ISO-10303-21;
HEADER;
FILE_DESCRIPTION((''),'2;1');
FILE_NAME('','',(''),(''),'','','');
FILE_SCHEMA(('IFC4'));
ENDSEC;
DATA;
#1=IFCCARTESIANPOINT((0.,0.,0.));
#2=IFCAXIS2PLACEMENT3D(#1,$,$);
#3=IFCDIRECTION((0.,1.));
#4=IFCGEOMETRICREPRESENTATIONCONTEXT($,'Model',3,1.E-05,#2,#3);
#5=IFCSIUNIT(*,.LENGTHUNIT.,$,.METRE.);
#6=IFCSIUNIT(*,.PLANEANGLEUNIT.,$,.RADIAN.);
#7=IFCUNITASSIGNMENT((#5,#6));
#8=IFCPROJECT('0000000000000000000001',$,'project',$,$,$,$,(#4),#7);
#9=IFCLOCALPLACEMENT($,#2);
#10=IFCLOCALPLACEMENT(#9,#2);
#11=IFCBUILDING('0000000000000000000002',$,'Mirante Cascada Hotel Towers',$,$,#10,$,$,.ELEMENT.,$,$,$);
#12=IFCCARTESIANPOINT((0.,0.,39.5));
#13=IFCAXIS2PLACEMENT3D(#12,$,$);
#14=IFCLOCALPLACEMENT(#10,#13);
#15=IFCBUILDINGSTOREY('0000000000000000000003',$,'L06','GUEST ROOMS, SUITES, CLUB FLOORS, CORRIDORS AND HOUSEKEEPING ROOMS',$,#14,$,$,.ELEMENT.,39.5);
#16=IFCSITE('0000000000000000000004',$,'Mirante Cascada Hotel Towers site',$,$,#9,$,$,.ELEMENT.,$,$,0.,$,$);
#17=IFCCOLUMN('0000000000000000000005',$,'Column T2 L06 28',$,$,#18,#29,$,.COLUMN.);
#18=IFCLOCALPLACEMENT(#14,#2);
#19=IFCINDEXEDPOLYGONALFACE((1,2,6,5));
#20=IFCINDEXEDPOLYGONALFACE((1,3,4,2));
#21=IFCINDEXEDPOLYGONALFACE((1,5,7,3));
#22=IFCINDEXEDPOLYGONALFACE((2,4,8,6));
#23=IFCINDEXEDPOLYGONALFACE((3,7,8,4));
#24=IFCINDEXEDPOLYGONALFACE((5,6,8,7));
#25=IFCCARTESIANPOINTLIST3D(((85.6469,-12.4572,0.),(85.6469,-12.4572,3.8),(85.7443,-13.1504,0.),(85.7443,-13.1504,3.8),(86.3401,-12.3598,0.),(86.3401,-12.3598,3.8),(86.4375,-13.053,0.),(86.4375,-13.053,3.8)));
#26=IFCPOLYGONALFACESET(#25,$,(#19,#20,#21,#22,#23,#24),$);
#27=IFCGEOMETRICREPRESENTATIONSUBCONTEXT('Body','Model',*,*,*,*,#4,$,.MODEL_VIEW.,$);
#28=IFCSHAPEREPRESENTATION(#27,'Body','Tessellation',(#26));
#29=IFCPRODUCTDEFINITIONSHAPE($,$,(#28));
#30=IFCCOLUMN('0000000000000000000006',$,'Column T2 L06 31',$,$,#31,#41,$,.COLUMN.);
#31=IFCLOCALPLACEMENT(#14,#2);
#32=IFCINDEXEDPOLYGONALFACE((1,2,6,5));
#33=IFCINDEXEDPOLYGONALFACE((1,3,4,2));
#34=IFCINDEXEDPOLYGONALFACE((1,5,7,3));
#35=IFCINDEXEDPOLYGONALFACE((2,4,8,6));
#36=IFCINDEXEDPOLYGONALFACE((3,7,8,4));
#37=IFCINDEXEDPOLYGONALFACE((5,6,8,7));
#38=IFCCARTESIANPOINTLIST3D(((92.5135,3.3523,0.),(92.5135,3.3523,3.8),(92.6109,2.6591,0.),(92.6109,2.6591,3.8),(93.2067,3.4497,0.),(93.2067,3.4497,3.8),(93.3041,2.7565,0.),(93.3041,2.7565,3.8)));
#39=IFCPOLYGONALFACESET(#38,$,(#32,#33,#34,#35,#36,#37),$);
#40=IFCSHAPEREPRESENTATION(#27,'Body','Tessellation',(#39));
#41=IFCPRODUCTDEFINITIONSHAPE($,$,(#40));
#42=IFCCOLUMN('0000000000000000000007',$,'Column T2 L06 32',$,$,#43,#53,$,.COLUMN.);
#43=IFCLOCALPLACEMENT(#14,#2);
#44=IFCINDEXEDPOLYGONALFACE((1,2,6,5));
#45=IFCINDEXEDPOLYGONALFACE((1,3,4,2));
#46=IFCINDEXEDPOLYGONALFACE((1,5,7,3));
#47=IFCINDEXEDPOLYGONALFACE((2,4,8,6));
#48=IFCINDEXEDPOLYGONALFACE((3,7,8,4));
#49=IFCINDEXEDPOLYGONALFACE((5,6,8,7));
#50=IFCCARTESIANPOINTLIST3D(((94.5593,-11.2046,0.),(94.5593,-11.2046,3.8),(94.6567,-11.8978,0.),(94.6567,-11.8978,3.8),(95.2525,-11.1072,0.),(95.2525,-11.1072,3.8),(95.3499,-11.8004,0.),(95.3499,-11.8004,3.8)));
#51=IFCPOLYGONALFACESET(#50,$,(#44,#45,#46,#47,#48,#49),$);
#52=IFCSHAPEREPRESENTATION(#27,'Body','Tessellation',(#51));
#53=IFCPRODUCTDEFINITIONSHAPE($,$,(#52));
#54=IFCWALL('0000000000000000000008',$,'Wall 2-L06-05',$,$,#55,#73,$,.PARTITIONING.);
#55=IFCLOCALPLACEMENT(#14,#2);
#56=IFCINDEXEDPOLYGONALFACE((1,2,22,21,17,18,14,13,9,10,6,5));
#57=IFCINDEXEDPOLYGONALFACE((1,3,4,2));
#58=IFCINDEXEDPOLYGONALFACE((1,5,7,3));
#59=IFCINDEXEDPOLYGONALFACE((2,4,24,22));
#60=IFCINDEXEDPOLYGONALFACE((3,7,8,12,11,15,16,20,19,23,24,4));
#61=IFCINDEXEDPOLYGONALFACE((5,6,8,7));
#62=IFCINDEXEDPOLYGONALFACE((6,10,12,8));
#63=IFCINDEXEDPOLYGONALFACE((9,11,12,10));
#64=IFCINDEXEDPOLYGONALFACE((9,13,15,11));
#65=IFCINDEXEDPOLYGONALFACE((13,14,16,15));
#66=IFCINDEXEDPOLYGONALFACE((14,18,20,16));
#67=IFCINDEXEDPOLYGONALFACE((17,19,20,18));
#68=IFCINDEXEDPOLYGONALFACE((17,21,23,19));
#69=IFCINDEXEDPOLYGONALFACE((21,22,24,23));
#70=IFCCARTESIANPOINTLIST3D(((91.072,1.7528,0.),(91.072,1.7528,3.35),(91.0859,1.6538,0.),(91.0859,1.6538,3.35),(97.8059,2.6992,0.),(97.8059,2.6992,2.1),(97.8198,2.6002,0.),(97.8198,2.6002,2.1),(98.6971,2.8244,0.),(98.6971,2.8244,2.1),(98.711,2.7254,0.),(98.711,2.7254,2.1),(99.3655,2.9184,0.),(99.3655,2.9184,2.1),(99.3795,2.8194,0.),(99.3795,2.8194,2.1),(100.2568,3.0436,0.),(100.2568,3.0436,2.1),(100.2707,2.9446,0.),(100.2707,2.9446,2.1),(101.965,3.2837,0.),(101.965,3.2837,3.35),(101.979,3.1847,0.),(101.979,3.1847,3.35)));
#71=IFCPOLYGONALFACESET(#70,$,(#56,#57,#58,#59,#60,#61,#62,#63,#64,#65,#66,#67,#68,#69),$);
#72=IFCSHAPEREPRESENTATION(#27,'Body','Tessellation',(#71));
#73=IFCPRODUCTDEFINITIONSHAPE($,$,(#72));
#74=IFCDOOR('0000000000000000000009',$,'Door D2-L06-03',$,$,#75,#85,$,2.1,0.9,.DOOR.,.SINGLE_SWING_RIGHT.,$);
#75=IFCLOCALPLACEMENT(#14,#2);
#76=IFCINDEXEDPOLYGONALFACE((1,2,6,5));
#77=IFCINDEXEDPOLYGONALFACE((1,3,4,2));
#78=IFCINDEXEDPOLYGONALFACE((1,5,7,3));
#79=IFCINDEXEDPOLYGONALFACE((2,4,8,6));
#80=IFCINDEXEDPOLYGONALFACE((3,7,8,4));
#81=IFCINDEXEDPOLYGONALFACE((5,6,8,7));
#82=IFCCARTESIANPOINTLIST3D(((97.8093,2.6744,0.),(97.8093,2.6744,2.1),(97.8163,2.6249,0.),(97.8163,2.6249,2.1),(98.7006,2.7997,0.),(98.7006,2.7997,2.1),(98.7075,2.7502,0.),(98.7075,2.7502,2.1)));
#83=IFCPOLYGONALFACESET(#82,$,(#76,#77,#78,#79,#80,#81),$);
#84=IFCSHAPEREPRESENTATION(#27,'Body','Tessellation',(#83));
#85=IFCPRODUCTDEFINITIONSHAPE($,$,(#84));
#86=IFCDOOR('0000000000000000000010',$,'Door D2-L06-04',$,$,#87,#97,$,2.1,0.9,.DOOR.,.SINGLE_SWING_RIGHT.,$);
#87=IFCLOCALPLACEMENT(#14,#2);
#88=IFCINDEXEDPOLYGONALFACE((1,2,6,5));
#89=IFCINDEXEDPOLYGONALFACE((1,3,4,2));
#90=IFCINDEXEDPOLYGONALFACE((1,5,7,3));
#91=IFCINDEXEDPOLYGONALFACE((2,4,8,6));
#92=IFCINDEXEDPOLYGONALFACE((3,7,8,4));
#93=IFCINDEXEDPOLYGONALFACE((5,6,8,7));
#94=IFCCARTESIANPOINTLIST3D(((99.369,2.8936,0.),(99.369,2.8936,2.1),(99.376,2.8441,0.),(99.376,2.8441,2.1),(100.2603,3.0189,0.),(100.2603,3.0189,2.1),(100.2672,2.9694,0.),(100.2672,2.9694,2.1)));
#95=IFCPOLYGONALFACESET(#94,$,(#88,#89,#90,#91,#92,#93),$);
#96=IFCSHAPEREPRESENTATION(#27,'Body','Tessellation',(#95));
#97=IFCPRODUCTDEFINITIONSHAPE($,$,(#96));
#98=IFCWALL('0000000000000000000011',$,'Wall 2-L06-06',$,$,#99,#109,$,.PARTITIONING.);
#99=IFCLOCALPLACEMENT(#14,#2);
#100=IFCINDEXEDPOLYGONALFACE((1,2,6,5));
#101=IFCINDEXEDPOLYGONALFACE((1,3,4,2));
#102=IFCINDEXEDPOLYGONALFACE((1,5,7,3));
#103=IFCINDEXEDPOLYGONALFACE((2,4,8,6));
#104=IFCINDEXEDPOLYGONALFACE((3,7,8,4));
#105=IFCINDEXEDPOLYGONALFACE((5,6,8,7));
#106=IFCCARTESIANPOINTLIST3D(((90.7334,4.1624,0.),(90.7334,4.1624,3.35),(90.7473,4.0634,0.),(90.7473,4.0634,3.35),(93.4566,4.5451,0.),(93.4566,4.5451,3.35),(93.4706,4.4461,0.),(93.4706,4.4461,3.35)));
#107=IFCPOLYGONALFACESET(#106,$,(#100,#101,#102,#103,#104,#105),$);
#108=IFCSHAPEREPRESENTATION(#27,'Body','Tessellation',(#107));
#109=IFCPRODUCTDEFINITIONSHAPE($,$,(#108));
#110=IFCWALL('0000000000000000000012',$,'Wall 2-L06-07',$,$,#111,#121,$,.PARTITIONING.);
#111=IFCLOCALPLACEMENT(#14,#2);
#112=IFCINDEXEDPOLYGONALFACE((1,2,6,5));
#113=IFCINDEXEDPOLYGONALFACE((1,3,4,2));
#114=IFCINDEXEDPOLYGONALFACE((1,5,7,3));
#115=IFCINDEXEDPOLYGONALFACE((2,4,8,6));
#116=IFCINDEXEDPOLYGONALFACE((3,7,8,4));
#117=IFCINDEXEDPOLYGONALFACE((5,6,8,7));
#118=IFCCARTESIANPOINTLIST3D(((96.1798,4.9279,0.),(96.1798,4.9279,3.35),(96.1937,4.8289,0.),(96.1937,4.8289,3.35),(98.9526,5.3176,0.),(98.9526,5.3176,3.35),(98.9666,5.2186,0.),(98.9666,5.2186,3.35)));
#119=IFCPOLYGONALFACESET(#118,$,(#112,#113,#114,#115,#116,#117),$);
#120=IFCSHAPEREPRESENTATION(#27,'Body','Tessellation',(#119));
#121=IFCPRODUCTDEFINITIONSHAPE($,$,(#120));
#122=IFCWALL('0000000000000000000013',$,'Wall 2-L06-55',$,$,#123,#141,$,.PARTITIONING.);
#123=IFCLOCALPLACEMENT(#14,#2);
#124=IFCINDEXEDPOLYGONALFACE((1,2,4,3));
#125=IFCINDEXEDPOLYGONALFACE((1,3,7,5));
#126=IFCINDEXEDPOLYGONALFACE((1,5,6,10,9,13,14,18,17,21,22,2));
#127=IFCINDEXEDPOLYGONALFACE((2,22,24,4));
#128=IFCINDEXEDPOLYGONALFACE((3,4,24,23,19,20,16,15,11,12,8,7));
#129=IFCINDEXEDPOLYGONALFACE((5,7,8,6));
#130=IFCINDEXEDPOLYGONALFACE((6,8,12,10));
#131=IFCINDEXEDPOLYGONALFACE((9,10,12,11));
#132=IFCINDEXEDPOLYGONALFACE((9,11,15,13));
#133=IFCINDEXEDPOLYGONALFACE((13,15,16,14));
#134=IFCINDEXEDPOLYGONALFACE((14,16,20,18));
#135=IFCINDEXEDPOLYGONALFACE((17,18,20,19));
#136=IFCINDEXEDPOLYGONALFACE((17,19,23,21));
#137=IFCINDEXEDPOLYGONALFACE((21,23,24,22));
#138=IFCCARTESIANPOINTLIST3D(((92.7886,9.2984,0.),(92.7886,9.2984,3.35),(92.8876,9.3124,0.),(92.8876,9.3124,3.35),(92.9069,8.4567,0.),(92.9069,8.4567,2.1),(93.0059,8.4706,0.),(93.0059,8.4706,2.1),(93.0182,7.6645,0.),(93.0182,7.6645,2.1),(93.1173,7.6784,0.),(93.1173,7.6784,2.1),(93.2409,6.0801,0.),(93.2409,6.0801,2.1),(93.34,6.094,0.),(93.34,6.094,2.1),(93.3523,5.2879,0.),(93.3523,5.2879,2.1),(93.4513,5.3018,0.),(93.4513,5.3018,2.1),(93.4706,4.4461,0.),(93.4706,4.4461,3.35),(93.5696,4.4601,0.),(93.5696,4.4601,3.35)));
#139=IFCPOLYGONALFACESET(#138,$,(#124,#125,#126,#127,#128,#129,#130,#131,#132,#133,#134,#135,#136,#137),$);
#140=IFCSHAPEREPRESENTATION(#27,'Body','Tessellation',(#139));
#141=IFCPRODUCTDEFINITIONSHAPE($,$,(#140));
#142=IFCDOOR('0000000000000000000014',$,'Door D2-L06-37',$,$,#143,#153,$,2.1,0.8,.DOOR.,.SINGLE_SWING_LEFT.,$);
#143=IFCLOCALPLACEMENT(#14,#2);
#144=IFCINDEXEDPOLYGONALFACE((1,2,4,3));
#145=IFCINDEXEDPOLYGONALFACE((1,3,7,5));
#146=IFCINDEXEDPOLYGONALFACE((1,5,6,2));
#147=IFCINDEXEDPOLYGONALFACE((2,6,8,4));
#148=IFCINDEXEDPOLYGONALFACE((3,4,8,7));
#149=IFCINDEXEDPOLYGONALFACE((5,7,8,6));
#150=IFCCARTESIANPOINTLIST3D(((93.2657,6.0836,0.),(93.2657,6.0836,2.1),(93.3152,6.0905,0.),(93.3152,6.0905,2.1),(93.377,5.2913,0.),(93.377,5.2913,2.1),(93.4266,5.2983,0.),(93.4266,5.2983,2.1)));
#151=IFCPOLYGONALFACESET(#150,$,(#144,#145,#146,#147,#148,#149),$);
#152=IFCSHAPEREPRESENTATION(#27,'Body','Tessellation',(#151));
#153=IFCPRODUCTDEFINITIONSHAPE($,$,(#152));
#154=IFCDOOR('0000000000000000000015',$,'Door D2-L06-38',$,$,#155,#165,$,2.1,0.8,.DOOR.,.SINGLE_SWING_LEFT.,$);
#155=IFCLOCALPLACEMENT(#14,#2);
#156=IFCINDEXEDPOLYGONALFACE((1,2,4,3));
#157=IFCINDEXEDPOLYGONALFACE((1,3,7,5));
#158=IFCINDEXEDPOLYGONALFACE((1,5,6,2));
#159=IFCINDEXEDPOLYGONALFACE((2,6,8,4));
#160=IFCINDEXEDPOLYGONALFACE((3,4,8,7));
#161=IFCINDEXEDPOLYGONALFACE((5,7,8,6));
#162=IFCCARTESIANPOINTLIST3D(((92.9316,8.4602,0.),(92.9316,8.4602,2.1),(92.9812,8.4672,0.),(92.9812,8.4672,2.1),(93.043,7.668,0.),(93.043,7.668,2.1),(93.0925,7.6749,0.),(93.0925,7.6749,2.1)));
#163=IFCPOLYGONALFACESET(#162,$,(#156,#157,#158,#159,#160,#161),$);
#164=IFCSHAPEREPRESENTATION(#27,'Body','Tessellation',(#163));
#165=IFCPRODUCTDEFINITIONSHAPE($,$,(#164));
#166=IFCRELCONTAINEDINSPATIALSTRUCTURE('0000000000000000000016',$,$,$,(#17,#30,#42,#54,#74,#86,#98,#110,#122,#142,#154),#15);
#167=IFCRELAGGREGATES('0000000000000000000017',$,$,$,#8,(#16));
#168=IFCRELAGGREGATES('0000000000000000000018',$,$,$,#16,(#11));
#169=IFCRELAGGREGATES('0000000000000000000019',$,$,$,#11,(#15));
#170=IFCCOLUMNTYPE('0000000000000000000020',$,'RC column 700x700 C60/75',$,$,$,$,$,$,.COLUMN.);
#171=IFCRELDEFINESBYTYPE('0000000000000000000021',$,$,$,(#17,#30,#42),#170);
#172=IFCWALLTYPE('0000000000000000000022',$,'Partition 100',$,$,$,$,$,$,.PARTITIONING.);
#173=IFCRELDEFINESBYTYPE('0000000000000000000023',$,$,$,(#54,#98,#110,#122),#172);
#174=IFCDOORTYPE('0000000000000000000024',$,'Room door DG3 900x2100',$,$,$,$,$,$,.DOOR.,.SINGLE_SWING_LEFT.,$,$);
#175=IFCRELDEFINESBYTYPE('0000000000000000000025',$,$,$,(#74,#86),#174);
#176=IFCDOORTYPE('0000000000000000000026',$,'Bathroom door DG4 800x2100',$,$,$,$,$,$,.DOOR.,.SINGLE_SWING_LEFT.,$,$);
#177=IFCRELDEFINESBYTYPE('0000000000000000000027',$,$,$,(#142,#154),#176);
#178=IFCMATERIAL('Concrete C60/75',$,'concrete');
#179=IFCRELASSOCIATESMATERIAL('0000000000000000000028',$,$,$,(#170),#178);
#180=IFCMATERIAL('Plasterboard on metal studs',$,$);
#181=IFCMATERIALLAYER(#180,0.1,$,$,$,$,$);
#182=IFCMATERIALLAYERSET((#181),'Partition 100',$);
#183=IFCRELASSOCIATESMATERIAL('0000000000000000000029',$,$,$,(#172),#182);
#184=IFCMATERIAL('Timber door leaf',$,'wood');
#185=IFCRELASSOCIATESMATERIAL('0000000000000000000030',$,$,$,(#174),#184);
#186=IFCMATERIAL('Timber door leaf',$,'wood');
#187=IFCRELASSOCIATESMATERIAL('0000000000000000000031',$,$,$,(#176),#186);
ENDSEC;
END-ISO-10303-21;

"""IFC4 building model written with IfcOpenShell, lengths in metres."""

from ifc_helpers import new_model, si_unit, direction, frame, frame_2d, origin, origin_2d, place, context, subcontext, project, spatial, rectangle, extrude, material, layer, layer_set, material_profile, profile_set, type_object, element, fill, save


model = new_model("IFC4")

# Units and contexts
model_context = context("Model", 3, precision=1e-05, world=origin(), true_north=direction((0.0, 1.0)))
body_context = subcontext(model_context, "Body", "Model", "MODEL_VIEW")
ifc_project = project(units=[si_unit("LENGTHUNIT", "METRE"), si_unit("PLANEANGLEUNIT", "RADIAN")], contexts=[model_context])

# Site, building, storey
site_placement = place(None, origin())
site = spatial("IfcSite", under=ifc_project, at=site_placement, Name="Mirante Cascada Hotel Towers site", CompositionType="ELEMENT", RefElevation=0.0)
building_placement = place(site_placement, origin())
building = spatial("IfcBuilding", under=site, at=building_placement, Name="Mirante Cascada Hotel Towers", CompositionType="ELEMENT")
storey_placement = place(building_placement, frame((0.0, 0.0, 39.5)))
storey = spatial("IfcBuildingStorey", under=building, at=storey_placement, Name="L06", Description="GUEST ROOMS, SUITES, CLUB FLOORS, CORRIDORS AND HOUSEKEEPING ROOMS", CompositionType="ELEMENT", Elevation=39.5)

# Columns
ifc_material_1 = material(Name="Concrete C60/75", Category="concrete")
ifc_material_profile = material_profile(ifc_material_1, rectangle(XDim=0.7, YDim=0.7, at=origin_2d()), Name="RC column 700x700 C60/75")
ifc_profile_set = profile_set([ifc_material_profile], Name="Concrete C60/75")
column_type = type_object("IfcColumnType", Name="RC column 700x700 C60/75", PredefinedType="COLUMN", material=ifc_profile_set)
for number, where, z_axis, x_axis, name in (
    (1, (86.0422, -12.7551, 0.0), (0.0, 0.0, 1.0), (0.990268, 0.139173, 0.0), "Column T2 L06 28"),
    (2, (92.9088, 3.0544, 0.0), (0.0, 0.0, 1.0), (0.990268, 0.139173, 0.0), "Column T2 L06 31"),
    (3, (94.9546, -11.5025, 0.0), (0.0, 0.0, 1.0), (0.990268, 0.139173, 0.0), "Column T2 L06 32"),
):
    element("IfcColumn", number, at=place(storey_placement, frame(where, z_axis=z_axis, x_axis=x_axis)), inside=storey, type_object=column_type, Name=name, PredefinedType="COLUMN", context=body_context, shape_type="SweptSolid", body=[
        extrude(rectangle(XDim=0.7, YDim=0.7, at=origin_2d()), origin(), (0.0, 0.0, 1.0), 3.8),
    ])

# Wall, openings, doors
ifc_material_2 = material(Name="Plasterboard on metal studs")
ifc_layer_1 = layer(ifc_material_2, 0.1)
ifc_layer_set_1 = layer_set([ifc_layer_1], Name="Partition 100")
wall_type_1 = type_object("IfcWallType", Name="Partition 100", PredefinedType="PARTITIONING", material=ifc_layer_set_1)
wall_1_placement = place(storey_placement, frame((91.079, 1.7033, 0.0), z_axis=(0.0, 0.0, 1.0), x_axis=(0.990268, 0.139172, 0.0)))
wall_1 = element("IfcWall", 4, at=wall_1_placement, inside=storey, type_object=wall_type_1, Name="Wall 2-L06-05", PredefinedType="PARTITIONING", context=body_context, shape_type="SweptSolid", body=[
    extrude(rectangle(XDim=11.0001, YDim=0.1, at=frame_2d((5.5, 0.0))), origin(), (0.0, 0.0, 1.0), 3.35),
])
opening_1_placement = place(wall_1_placement, frame((6.8, 0.0, 0.0)))
opening_1 = element("IfcOpeningElement", 5, at=opening_1_placement, cuts=wall_1, PredefinedType="OPENING", context=body_context, shape_type="SweptSolid", body=[
    extrude(rectangle(XDim=0.9, YDim=2.1, at=frame_2d((0.45, 1.05))), frame((0.0, 0.05, 0.0), z_axis=(0.0, -1.0, 0.0), x_axis=(1.0, 0.0, 0.0)), (0.0, 0.0, 1.0), 0.1),
])
opening_2_placement = place(wall_1_placement, frame((8.375, 0.0, 0.0)))
opening_2 = element("IfcOpeningElement", 6, at=opening_2_placement, cuts=wall_1, PredefinedType="OPENING", context=body_context, shape_type="SweptSolid", body=[
    extrude(rectangle(XDim=0.9, YDim=2.1, at=frame_2d((0.45, 1.05))), frame((0.0, 0.05, 0.0), z_axis=(0.0, -1.0, 0.0), x_axis=(1.0, 0.0, 0.0)), (0.0, 0.0, 1.0), 0.1),
])
ifc_material_3 = material(Name="Timber door leaf", Category="wood")
door_type_1 = type_object("IfcDoorType", Name="Room door DG3 900x2100", OperationType="SINGLE_SWING_LEFT", PredefinedType="DOOR", material=ifc_material_3)
door_1_placement = place(opening_1_placement, frame((0.9, 0.0, 0.0), z_axis=(0.0, 0.0, 1.0), x_axis=(-1.0, 0.0, 0.0)))
door_1 = element("IfcDoor", 7, at=door_1_placement, inside=storey, type_object=door_type_1, Name="Door D2-L06-03", OperationType="SINGLE_SWING_RIGHT", OverallHeight=2.1, OverallWidth=0.9, PredefinedType="DOOR", context=body_context, shape_type="SweptSolid", body=[
    extrude(rectangle(XDim=0.9, YDim=2.1, at=frame_2d((0.45, 1.05))), frame((0.0, 0.025, 0.0), z_axis=(0.0, -1.0, 0.0), x_axis=(1.0, 0.0, 0.0)), (0.0, 0.0, 1.0), 0.05),
])
fill(opening_1, door_1)
door_2_placement = place(opening_2_placement, frame((0.9, 0.0, 0.0), z_axis=(0.0, 0.0, 1.0), x_axis=(-1.0, 0.0, 0.0)))
door_2 = element("IfcDoor", 8, at=door_2_placement, inside=storey, type_object=door_type_1, Name="Door D2-L06-04", OperationType="SINGLE_SWING_RIGHT", OverallHeight=2.1, OverallWidth=0.9, PredefinedType="DOOR", context=body_context, shape_type="SweptSolid", body=[
    extrude(rectangle(XDim=0.9, YDim=2.1, at=frame_2d((0.45, 1.05))), frame((0.0, 0.025, 0.0), z_axis=(0.0, -1.0, 0.0), x_axis=(1.0, 0.0, 0.0)), (0.0, 0.0, 1.0), 0.05),
])
fill(opening_2, door_2)

# Walls
wall_2_placement = place(storey_placement, frame((93.4636, 4.4956, 0.0), z_axis=(0.0, 0.0, 1.0), x_axis=(-0.990269, -0.139166, 0.0)))
element("IfcWall", 9, at=wall_2_placement, inside=storey, type_object=wall_type_1, Name="Wall 2-L06-06", PredefinedType="PARTITIONING", context=body_context, shape_type="SweptSolid", body=[
    extrude(rectangle(XDim=2.75, YDim=0.1, at=frame_2d((1.375, 0.0))), origin(), (0.0, 0.0, 1.0), 3.35),
])
wall_3_placement = place(storey_placement, frame((96.1868, 4.8784, 0.0), z_axis=(0.0, 0.0, 1.0), x_axis=(0.990268, 0.139176, 0.0)))
element("IfcWall", 10, at=wall_3_placement, inside=storey, type_object=wall_type_1, Name="Wall 2-L06-07", PredefinedType="PARTITIONING", context=body_context, shape_type="SweptSolid", body=[
    extrude(rectangle(XDim=2.8001, YDim=0.1, at=frame_2d((1.4, 0.0))), origin(), (0.0, 0.0, 1.0), 3.35),
])

# Wall, openings, doors
wall_4_placement = place(storey_placement, frame((93.5201, 4.4531, 0.0), z_axis=(0.0, 0.0, 1.0), x_axis=(-0.139184, 0.990267, 0.0)))
wall_4 = element("IfcWall", 11, at=wall_4_placement, inside=storey, type_object=wall_type_1, Name="Wall 2-L06-55", PredefinedType="PARTITIONING", context=body_context, shape_type="SweptSolid", body=[
    extrude(rectangle(XDim=4.9, YDim=0.1, at=frame_2d((2.45, 0.0))), origin(), (0.0, 0.0, 1.0), 3.35),
])
opening_3_placement = place(wall_4_placement, frame((0.85, 0.0, 0.0)))
opening_3 = element("IfcOpeningElement", 12, at=opening_3_placement, cuts=wall_4, PredefinedType="OPENING", context=body_context, shape_type="SweptSolid", body=[
    extrude(rectangle(XDim=0.8, YDim=2.1, at=frame_2d((0.4, 1.05))), frame((0.0, 0.05, 0.0), z_axis=(0.0, -1.0, 0.0), x_axis=(1.0, 0.0, 0.0)), (0.0, 0.0, 1.0), 0.1),
])
opening_4_placement = place(wall_4_placement, frame((3.25, 0.0, 0.0)))
opening_4 = element("IfcOpeningElement", 13, at=opening_4_placement, cuts=wall_4, PredefinedType="OPENING", context=body_context, shape_type="SweptSolid", body=[
    extrude(rectangle(XDim=0.8, YDim=2.1, at=frame_2d((0.4, 1.05))), frame((0.0, 0.05, 0.0), z_axis=(0.0, -1.0, 0.0), x_axis=(1.0, 0.0, 0.0)), (0.0, 0.0, 1.0), 0.1),
])
ifc_material_4 = material(Name="Timber door leaf", Category="wood")
door_type_2 = type_object("IfcDoorType", Name="Bathroom door DG4 800x2100", OperationType="SINGLE_SWING_LEFT", PredefinedType="DOOR", material=ifc_material_4)
door_3_placement = place(opening_3_placement, origin())
door_3 = element("IfcDoor", 14, at=door_3_placement, inside=storey, type_object=door_type_2, Name="Door D2-L06-37", OperationType="SINGLE_SWING_LEFT", OverallHeight=2.1, OverallWidth=0.8, PredefinedType="DOOR", context=body_context, shape_type="SweptSolid", body=[
    extrude(rectangle(XDim=0.8, YDim=2.1, at=frame_2d((0.4, 1.05))), frame((0.0, 0.025, 0.0), z_axis=(0.0, -1.0, 0.0), x_axis=(1.0, 0.0, 0.0)), (0.0, 0.0, 1.0), 0.05),
])
fill(opening_3, door_3)
door_4_placement = place(opening_4_placement, origin())
door_4 = element("IfcDoor", 15, at=door_4_placement, inside=storey, type_object=door_type_2, Name="Door D2-L06-38", OperationType="SINGLE_SWING_LEFT", OverallHeight=2.1, OverallWidth=0.8, PredefinedType="DOOR", context=body_context, shape_type="SweptSolid", body=[
    extrude(rectangle(XDim=0.8, YDim=2.1, at=frame_2d((0.4, 1.05))), frame((0.0, 0.025, 0.0), z_axis=(0.0, -1.0, 0.0), x_axis=(1.0, 0.0, 0.0)), (0.0, 0.0, 1.0), 0.05),
])
fill(opening_4, door_4)

save(model, "model.ifc")
